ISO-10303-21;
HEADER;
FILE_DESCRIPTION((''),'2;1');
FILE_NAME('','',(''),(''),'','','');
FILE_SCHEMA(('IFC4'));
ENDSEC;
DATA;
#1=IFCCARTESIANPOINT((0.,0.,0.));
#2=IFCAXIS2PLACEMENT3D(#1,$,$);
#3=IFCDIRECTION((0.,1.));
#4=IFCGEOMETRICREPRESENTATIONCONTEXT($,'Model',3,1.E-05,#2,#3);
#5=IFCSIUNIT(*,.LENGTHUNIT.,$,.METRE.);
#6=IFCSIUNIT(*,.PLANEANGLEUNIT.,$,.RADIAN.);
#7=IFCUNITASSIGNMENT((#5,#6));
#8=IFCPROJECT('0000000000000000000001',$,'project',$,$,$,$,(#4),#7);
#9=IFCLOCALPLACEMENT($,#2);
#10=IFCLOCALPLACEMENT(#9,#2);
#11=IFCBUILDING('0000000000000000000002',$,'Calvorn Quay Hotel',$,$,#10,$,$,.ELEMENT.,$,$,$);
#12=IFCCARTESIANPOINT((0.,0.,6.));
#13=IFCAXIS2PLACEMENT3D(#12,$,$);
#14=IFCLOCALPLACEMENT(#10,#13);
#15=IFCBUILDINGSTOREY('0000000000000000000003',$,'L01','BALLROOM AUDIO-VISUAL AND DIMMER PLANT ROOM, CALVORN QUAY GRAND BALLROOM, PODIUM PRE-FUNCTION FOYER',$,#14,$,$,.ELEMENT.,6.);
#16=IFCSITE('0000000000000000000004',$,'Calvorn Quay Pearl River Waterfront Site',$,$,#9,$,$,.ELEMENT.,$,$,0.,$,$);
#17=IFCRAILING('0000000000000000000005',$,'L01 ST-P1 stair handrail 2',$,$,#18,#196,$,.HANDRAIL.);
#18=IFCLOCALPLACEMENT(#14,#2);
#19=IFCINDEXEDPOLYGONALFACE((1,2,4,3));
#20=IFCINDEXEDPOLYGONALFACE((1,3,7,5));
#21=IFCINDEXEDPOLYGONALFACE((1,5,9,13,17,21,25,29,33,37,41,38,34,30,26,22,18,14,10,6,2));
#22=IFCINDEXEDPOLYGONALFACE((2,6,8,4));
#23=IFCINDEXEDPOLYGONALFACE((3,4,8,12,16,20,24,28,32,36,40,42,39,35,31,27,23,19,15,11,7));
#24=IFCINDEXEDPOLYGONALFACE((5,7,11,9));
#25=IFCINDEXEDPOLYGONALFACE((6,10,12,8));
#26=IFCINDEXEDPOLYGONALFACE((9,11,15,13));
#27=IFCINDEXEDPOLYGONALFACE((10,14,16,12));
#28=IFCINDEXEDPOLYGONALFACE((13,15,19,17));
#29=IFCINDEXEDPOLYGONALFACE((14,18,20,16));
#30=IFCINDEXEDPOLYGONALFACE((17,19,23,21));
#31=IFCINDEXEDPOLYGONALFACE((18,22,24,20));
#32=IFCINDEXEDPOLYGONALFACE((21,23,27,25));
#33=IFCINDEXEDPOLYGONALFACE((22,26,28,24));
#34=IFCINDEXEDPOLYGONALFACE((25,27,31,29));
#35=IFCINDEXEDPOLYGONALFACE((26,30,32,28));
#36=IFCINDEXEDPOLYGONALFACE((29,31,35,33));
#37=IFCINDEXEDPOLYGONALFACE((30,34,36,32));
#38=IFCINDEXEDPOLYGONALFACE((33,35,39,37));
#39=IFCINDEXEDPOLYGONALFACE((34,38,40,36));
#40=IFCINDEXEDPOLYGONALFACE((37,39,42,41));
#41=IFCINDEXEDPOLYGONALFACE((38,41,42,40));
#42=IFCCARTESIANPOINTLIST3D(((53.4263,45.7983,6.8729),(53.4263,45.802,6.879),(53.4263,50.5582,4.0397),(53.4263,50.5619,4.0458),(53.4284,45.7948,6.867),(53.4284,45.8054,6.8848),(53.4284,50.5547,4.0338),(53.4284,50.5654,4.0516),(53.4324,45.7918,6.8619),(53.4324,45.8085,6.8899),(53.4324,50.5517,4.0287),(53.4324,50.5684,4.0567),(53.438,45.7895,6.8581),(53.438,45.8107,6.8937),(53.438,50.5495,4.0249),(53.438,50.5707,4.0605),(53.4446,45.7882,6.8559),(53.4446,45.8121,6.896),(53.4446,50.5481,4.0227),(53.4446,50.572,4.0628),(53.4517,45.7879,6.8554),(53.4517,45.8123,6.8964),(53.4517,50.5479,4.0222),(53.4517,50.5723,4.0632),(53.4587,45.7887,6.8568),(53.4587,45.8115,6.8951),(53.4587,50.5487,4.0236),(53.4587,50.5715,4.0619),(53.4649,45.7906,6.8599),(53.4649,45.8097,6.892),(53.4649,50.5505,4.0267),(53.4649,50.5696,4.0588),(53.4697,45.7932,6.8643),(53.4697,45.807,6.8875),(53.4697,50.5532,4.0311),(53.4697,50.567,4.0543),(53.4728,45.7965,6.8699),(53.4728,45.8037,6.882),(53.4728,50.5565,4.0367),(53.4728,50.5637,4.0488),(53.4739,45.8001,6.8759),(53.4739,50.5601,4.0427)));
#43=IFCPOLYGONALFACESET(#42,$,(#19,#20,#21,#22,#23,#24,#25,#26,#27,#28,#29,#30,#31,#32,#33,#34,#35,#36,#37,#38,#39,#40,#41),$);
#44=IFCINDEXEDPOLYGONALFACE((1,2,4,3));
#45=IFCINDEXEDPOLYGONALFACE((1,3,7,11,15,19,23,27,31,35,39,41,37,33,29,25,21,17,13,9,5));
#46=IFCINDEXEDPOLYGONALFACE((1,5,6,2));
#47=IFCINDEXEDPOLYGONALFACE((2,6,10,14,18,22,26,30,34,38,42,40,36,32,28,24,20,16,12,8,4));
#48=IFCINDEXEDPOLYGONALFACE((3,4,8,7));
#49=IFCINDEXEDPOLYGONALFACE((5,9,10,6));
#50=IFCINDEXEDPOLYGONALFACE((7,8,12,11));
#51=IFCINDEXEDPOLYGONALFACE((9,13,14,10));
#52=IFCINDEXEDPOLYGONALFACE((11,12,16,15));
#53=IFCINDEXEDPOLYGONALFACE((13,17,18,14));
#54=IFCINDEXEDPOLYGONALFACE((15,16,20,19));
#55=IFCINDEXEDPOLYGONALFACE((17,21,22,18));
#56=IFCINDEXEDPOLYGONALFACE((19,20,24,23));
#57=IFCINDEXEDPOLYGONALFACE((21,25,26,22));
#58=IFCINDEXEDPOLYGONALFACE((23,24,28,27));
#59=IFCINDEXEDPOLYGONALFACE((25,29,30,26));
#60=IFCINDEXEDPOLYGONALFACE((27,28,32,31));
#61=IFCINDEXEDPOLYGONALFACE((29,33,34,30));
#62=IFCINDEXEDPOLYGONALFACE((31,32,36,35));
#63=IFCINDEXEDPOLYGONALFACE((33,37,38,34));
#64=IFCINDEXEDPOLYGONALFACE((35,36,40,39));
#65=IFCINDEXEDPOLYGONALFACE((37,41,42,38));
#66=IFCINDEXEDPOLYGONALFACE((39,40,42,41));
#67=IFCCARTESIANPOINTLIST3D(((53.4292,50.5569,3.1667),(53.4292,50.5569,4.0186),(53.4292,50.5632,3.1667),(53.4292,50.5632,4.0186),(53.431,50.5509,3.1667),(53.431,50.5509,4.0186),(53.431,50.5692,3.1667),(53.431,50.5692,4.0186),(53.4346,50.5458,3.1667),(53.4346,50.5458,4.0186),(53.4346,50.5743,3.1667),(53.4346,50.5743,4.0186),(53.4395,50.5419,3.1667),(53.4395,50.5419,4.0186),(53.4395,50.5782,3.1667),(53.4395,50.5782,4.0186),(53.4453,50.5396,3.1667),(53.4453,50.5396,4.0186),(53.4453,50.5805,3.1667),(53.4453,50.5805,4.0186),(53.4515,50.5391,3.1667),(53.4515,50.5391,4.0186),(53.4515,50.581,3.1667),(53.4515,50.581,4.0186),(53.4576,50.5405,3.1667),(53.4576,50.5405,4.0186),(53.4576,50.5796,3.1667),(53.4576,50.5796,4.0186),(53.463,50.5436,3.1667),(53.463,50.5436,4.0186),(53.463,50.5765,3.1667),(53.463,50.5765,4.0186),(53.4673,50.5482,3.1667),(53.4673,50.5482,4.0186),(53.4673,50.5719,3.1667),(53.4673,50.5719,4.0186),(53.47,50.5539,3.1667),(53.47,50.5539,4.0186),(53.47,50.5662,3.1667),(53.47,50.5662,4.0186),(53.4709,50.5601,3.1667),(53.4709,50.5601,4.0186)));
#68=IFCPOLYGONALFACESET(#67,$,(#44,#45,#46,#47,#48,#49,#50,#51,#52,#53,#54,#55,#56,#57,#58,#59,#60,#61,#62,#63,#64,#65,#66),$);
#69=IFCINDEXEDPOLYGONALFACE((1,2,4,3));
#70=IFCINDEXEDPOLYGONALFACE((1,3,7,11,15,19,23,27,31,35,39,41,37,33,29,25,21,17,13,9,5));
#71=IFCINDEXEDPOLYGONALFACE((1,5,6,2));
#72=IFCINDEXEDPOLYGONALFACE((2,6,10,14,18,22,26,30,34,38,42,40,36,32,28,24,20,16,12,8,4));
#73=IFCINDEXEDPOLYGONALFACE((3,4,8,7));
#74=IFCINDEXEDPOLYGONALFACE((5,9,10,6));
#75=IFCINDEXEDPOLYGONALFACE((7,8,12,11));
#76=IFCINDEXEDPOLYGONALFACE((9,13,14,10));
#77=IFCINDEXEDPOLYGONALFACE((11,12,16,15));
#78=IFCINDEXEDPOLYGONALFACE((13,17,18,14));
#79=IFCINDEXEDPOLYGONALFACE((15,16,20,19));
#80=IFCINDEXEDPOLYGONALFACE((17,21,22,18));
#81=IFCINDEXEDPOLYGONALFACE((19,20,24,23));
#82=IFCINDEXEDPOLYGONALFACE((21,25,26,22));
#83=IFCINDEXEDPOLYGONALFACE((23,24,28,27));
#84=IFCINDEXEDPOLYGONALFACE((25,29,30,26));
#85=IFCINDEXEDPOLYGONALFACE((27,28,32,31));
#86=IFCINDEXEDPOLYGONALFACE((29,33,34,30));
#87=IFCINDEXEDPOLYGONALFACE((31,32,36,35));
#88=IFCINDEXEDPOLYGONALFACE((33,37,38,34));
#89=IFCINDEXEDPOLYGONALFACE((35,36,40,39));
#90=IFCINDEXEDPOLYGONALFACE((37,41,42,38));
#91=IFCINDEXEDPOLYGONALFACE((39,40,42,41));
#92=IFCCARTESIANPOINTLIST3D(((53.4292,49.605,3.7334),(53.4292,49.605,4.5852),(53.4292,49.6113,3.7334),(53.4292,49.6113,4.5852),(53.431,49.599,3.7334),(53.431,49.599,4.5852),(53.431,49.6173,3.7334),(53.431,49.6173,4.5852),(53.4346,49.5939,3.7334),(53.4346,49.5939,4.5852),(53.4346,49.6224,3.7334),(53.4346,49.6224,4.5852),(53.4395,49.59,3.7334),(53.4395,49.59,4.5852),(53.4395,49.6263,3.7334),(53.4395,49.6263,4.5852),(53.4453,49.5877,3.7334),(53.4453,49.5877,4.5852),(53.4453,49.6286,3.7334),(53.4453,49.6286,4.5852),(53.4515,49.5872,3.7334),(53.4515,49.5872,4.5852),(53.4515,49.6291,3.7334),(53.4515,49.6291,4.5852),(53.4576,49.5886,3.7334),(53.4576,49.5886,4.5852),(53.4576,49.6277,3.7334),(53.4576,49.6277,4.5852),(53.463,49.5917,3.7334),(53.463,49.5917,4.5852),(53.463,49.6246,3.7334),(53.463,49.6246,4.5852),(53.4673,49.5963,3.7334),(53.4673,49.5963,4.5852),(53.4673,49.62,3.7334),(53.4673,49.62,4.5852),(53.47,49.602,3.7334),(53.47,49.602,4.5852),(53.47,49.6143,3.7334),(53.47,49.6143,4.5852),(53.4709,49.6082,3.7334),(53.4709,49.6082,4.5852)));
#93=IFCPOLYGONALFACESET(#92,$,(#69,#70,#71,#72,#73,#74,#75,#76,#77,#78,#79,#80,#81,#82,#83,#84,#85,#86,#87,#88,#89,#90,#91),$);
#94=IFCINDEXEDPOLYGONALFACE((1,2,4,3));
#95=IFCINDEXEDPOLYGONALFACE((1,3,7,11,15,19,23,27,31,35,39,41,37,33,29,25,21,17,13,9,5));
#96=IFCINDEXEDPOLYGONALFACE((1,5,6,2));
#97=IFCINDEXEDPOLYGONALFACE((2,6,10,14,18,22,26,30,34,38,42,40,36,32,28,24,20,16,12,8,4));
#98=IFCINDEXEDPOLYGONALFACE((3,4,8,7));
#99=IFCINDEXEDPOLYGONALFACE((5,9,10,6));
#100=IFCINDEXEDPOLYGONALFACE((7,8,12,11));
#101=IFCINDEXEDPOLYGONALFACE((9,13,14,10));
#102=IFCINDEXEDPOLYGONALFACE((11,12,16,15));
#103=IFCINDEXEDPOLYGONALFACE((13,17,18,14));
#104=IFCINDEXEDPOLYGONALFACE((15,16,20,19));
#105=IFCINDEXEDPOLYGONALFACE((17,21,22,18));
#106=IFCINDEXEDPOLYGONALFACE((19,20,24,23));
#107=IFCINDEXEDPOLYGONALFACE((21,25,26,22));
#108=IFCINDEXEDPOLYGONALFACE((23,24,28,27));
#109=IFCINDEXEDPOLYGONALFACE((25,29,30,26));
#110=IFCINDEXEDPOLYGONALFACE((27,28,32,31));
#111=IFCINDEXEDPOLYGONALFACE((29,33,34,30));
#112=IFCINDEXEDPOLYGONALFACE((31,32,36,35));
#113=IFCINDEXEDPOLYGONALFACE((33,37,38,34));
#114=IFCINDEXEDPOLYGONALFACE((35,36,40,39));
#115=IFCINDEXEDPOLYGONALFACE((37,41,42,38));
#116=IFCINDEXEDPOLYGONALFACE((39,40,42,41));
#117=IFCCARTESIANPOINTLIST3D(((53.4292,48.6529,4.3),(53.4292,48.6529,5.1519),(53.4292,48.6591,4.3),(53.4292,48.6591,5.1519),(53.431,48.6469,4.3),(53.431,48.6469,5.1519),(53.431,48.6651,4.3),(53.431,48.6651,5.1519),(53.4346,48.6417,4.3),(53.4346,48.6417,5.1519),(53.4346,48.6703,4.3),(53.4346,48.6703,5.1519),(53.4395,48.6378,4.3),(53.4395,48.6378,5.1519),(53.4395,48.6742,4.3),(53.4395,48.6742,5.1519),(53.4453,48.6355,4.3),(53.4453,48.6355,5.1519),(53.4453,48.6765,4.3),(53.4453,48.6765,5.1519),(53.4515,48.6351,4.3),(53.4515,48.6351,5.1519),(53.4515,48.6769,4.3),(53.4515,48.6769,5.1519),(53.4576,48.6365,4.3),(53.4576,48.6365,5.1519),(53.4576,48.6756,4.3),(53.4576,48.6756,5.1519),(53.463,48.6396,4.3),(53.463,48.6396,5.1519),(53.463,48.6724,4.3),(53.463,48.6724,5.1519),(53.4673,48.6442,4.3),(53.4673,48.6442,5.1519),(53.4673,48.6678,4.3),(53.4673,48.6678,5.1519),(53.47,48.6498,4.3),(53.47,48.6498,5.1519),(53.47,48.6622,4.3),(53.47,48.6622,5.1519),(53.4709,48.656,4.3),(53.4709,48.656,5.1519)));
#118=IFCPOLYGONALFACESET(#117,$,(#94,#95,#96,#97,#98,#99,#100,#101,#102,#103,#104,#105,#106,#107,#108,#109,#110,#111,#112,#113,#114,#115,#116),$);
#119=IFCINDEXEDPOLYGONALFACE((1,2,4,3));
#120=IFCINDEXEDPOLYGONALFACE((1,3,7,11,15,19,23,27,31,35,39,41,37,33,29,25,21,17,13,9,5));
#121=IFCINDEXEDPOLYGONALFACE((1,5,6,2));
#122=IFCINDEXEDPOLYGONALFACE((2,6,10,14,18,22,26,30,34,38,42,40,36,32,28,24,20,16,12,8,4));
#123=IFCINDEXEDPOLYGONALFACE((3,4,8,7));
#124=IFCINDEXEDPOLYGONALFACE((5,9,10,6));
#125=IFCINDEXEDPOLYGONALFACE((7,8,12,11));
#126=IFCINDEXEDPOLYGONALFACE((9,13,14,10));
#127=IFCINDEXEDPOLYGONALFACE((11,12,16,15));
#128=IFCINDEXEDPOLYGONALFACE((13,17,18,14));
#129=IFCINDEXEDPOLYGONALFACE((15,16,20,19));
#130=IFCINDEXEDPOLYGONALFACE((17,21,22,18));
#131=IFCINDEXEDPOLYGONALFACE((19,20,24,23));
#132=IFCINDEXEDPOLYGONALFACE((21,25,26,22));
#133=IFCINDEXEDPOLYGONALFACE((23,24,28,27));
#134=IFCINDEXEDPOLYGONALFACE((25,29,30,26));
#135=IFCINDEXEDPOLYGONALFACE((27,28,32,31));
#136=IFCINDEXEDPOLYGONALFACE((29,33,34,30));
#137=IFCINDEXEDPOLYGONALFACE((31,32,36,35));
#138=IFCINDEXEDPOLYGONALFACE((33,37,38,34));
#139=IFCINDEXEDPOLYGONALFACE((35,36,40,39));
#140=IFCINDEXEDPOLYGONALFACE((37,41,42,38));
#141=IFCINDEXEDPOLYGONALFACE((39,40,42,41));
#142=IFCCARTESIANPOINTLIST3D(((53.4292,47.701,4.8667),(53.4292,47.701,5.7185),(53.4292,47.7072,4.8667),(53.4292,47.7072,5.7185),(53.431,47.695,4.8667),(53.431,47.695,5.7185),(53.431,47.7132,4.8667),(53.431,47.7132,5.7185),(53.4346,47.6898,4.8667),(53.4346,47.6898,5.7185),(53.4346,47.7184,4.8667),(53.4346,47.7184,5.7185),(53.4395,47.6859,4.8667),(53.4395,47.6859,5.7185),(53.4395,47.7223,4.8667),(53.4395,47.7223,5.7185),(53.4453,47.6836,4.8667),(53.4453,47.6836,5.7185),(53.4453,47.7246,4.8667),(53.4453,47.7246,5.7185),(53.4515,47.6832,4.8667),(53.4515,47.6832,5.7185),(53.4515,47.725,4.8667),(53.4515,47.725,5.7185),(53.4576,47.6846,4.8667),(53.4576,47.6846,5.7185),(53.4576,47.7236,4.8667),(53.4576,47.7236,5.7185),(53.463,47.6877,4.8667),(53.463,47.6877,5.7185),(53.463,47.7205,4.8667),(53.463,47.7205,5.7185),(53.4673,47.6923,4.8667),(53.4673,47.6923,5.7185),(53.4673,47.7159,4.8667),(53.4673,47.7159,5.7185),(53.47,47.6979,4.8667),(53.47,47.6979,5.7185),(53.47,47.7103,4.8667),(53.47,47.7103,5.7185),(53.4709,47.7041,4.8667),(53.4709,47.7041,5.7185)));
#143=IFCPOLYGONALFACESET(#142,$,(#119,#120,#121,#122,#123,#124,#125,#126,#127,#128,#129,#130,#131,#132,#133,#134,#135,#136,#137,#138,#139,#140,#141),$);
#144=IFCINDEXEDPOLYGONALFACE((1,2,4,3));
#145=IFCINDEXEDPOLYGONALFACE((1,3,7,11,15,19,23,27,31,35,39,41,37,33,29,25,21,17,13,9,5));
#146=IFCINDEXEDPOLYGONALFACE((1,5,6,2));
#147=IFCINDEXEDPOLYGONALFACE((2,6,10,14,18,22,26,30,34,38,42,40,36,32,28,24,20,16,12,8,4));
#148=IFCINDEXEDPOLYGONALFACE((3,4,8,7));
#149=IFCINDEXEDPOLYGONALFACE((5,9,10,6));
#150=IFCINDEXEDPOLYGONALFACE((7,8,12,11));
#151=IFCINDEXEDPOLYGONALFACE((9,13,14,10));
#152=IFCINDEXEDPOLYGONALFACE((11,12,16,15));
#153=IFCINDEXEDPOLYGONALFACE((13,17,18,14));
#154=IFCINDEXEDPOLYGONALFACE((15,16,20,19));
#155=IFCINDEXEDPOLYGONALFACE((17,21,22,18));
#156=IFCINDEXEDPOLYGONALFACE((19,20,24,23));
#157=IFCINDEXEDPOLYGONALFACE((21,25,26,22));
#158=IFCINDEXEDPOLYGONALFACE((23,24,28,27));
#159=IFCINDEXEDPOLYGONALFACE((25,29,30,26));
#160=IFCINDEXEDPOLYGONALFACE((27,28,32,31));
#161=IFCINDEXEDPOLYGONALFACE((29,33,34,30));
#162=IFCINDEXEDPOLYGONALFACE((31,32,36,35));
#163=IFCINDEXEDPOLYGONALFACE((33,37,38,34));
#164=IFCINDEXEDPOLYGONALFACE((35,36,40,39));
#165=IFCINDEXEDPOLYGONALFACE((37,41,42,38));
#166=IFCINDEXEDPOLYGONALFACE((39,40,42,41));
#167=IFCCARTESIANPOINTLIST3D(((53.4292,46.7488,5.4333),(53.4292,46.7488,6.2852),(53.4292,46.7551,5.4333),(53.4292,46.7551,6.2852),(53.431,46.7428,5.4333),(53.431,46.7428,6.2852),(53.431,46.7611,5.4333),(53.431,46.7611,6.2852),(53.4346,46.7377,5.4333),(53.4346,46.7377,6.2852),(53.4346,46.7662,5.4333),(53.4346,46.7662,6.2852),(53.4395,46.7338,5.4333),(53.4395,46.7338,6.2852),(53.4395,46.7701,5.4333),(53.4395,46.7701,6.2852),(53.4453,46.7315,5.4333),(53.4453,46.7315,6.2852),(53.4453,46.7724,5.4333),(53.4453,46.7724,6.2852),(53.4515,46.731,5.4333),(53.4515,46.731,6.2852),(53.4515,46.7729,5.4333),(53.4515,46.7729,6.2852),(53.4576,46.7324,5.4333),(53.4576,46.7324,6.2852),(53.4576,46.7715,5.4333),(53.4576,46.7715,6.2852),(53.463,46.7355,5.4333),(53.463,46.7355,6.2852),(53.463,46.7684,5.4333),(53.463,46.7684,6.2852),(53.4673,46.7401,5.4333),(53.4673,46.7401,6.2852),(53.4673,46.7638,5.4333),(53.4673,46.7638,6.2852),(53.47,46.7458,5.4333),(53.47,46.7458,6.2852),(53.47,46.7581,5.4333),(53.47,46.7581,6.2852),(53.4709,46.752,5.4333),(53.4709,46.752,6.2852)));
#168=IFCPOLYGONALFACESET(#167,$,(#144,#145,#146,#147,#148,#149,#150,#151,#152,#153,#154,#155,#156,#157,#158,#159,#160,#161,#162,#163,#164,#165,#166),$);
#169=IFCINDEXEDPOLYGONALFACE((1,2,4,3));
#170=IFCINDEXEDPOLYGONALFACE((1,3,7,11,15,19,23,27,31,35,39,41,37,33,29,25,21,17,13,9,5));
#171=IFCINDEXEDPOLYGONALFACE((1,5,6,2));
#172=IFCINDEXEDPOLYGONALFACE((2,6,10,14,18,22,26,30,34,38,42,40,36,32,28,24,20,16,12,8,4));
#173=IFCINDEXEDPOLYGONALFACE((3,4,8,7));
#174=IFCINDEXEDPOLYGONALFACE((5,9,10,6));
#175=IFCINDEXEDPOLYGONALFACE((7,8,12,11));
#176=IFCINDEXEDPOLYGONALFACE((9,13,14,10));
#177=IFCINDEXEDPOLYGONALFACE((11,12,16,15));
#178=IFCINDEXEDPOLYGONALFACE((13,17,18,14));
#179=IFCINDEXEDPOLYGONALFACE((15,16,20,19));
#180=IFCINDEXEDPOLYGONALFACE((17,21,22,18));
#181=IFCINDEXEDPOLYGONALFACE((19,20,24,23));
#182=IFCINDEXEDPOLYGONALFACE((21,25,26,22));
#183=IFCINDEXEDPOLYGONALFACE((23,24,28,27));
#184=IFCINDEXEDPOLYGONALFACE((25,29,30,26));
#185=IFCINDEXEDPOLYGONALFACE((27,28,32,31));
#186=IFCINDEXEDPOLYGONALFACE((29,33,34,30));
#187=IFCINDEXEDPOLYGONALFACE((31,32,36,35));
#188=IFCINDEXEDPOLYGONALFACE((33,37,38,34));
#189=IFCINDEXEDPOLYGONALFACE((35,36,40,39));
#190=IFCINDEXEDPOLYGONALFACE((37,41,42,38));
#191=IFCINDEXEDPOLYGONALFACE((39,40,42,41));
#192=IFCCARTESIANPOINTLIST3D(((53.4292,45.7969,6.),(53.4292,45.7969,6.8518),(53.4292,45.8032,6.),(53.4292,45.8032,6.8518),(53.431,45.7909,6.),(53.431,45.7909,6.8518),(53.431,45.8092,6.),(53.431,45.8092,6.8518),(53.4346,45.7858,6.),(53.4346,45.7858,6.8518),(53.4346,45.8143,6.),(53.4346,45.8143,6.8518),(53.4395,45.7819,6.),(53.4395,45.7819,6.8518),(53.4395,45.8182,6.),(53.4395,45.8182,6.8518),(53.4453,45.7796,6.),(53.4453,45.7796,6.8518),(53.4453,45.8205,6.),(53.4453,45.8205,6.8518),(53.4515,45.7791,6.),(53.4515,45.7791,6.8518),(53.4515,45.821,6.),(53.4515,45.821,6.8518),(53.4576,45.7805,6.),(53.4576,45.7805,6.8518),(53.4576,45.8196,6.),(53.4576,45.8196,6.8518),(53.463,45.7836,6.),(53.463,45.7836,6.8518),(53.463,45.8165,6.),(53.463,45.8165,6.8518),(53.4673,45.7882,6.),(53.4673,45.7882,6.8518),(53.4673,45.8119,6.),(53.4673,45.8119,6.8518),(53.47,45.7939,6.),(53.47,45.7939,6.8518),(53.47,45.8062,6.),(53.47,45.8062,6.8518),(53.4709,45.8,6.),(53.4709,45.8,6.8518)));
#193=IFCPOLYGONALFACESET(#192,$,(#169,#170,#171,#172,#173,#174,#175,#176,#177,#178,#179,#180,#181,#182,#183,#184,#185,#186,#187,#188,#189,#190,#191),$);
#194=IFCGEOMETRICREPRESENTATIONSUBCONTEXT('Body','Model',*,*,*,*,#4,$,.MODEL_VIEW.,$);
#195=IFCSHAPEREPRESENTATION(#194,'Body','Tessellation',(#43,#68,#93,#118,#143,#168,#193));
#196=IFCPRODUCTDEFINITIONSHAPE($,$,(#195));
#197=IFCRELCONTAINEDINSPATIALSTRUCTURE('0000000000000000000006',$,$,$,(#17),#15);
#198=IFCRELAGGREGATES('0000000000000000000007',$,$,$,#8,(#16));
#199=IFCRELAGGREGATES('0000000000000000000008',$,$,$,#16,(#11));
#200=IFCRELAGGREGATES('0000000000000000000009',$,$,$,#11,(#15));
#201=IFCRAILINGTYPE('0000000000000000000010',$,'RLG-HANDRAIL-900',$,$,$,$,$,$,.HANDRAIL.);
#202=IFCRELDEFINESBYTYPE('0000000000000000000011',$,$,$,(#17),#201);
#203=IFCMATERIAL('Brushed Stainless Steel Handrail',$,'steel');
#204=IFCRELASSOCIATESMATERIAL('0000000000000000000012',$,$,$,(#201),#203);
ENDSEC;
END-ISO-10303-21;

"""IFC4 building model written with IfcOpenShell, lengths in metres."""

from ifc_helpers import new_model, si_unit, direction, frame, origin, origin_2d, place, context, subcontext, project, spatial, circle, extrude, material, type_object, element, save


model = new_model("IFC4")

# Units and contexts
model_context = context("Model", 3, precision=1e-05, world=origin(), true_north=direction((0.0, 1.0)))
body_context = subcontext(model_context, "Body", "Model", "MODEL_VIEW")
ifc_project = project(units=[si_unit("LENGTHUNIT", "METRE"), si_unit("PLANEANGLEUNIT", "RADIAN")], contexts=[model_context])

# Site, building, storey
site_placement = place(None, origin())
site = spatial("IfcSite", under=ifc_project, at=site_placement, Name="Calvorn Quay Pearl River Waterfront Site", CompositionType="ELEMENT", RefElevation=0.0)
building_placement = place(site_placement, origin())
building = spatial("IfcBuilding", under=site, at=building_placement, Name="Calvorn Quay Hotel", CompositionType="ELEMENT")
storey_placement = place(building_placement, frame((0.0, 0.0, 6.0)))
storey = spatial("IfcBuildingStorey", under=building, at=storey_placement, Name="L01", Description="BALLROOM AUDIO-VISUAL AND DIMMER PLANT ROOM, CALVORN QUAY GRAND BALLROOM, PODIUM PRE-FUNCTION FOYER", CompositionType="ELEMENT", Elevation=6.0)

# Railing
ifc_material_1 = material(Name="Brushed Stainless Steel Handrail", Category="steel")
railing_type_1 = type_object("IfcRailingType", Name="RLG-HANDRAIL-900", PredefinedType="HANDRAIL", material=ifc_material_1)
railing_1_placement = place(storey_placement, frame((53.45, 50.5601, 3.1667)))
element("IfcRailing", 1, at=railing_1_placement, inside=storey, type_object=railing_type_1, Name="L01 ST-P1 stair handrail 2", PredefinedType="HANDRAIL", context=body_context, shape_type="SweptSolid", body=[
    extrude(circle(Radius=0.0239, at=origin_2d()), frame((0.0, 0.0, 0.876), z_axis=(0.0, -0.8593, 0.511472), x_axis=(1.0, 0.0, 0.0)), (0.0, 0.0, 1.0), 5.5393),
    extrude(circle(Radius=0.021, at=origin_2d()), origin(), (0.0, 0.0, 1.0), 0.8518),
    extrude(circle(Radius=0.021, at=origin_2d()), frame((0.0, -0.9519, 0.5667)), (0.0, 0.0, 1.0), 0.8518),
    extrude(circle(Radius=0.021, at=origin_2d()), frame((0.0, -1.9041, 1.1333)), (0.0, 0.0, 1.0), 0.8518),
    extrude(circle(Radius=0.021, at=origin_2d()), frame((0.0, -2.856, 1.7)), (0.0, 0.0, 1.0), 0.8518),
    extrude(circle(Radius=0.021, at=origin_2d()), frame((0.0, -3.8081, 2.2666)), (0.0, 0.0, 1.0), 0.8518),
    extrude(circle(Radius=0.021, at=origin_2d()), frame((0.0, -4.76, 2.8333)), (0.0, 0.0, 1.0), 0.8518),
])

save(model, "model.ifc")
